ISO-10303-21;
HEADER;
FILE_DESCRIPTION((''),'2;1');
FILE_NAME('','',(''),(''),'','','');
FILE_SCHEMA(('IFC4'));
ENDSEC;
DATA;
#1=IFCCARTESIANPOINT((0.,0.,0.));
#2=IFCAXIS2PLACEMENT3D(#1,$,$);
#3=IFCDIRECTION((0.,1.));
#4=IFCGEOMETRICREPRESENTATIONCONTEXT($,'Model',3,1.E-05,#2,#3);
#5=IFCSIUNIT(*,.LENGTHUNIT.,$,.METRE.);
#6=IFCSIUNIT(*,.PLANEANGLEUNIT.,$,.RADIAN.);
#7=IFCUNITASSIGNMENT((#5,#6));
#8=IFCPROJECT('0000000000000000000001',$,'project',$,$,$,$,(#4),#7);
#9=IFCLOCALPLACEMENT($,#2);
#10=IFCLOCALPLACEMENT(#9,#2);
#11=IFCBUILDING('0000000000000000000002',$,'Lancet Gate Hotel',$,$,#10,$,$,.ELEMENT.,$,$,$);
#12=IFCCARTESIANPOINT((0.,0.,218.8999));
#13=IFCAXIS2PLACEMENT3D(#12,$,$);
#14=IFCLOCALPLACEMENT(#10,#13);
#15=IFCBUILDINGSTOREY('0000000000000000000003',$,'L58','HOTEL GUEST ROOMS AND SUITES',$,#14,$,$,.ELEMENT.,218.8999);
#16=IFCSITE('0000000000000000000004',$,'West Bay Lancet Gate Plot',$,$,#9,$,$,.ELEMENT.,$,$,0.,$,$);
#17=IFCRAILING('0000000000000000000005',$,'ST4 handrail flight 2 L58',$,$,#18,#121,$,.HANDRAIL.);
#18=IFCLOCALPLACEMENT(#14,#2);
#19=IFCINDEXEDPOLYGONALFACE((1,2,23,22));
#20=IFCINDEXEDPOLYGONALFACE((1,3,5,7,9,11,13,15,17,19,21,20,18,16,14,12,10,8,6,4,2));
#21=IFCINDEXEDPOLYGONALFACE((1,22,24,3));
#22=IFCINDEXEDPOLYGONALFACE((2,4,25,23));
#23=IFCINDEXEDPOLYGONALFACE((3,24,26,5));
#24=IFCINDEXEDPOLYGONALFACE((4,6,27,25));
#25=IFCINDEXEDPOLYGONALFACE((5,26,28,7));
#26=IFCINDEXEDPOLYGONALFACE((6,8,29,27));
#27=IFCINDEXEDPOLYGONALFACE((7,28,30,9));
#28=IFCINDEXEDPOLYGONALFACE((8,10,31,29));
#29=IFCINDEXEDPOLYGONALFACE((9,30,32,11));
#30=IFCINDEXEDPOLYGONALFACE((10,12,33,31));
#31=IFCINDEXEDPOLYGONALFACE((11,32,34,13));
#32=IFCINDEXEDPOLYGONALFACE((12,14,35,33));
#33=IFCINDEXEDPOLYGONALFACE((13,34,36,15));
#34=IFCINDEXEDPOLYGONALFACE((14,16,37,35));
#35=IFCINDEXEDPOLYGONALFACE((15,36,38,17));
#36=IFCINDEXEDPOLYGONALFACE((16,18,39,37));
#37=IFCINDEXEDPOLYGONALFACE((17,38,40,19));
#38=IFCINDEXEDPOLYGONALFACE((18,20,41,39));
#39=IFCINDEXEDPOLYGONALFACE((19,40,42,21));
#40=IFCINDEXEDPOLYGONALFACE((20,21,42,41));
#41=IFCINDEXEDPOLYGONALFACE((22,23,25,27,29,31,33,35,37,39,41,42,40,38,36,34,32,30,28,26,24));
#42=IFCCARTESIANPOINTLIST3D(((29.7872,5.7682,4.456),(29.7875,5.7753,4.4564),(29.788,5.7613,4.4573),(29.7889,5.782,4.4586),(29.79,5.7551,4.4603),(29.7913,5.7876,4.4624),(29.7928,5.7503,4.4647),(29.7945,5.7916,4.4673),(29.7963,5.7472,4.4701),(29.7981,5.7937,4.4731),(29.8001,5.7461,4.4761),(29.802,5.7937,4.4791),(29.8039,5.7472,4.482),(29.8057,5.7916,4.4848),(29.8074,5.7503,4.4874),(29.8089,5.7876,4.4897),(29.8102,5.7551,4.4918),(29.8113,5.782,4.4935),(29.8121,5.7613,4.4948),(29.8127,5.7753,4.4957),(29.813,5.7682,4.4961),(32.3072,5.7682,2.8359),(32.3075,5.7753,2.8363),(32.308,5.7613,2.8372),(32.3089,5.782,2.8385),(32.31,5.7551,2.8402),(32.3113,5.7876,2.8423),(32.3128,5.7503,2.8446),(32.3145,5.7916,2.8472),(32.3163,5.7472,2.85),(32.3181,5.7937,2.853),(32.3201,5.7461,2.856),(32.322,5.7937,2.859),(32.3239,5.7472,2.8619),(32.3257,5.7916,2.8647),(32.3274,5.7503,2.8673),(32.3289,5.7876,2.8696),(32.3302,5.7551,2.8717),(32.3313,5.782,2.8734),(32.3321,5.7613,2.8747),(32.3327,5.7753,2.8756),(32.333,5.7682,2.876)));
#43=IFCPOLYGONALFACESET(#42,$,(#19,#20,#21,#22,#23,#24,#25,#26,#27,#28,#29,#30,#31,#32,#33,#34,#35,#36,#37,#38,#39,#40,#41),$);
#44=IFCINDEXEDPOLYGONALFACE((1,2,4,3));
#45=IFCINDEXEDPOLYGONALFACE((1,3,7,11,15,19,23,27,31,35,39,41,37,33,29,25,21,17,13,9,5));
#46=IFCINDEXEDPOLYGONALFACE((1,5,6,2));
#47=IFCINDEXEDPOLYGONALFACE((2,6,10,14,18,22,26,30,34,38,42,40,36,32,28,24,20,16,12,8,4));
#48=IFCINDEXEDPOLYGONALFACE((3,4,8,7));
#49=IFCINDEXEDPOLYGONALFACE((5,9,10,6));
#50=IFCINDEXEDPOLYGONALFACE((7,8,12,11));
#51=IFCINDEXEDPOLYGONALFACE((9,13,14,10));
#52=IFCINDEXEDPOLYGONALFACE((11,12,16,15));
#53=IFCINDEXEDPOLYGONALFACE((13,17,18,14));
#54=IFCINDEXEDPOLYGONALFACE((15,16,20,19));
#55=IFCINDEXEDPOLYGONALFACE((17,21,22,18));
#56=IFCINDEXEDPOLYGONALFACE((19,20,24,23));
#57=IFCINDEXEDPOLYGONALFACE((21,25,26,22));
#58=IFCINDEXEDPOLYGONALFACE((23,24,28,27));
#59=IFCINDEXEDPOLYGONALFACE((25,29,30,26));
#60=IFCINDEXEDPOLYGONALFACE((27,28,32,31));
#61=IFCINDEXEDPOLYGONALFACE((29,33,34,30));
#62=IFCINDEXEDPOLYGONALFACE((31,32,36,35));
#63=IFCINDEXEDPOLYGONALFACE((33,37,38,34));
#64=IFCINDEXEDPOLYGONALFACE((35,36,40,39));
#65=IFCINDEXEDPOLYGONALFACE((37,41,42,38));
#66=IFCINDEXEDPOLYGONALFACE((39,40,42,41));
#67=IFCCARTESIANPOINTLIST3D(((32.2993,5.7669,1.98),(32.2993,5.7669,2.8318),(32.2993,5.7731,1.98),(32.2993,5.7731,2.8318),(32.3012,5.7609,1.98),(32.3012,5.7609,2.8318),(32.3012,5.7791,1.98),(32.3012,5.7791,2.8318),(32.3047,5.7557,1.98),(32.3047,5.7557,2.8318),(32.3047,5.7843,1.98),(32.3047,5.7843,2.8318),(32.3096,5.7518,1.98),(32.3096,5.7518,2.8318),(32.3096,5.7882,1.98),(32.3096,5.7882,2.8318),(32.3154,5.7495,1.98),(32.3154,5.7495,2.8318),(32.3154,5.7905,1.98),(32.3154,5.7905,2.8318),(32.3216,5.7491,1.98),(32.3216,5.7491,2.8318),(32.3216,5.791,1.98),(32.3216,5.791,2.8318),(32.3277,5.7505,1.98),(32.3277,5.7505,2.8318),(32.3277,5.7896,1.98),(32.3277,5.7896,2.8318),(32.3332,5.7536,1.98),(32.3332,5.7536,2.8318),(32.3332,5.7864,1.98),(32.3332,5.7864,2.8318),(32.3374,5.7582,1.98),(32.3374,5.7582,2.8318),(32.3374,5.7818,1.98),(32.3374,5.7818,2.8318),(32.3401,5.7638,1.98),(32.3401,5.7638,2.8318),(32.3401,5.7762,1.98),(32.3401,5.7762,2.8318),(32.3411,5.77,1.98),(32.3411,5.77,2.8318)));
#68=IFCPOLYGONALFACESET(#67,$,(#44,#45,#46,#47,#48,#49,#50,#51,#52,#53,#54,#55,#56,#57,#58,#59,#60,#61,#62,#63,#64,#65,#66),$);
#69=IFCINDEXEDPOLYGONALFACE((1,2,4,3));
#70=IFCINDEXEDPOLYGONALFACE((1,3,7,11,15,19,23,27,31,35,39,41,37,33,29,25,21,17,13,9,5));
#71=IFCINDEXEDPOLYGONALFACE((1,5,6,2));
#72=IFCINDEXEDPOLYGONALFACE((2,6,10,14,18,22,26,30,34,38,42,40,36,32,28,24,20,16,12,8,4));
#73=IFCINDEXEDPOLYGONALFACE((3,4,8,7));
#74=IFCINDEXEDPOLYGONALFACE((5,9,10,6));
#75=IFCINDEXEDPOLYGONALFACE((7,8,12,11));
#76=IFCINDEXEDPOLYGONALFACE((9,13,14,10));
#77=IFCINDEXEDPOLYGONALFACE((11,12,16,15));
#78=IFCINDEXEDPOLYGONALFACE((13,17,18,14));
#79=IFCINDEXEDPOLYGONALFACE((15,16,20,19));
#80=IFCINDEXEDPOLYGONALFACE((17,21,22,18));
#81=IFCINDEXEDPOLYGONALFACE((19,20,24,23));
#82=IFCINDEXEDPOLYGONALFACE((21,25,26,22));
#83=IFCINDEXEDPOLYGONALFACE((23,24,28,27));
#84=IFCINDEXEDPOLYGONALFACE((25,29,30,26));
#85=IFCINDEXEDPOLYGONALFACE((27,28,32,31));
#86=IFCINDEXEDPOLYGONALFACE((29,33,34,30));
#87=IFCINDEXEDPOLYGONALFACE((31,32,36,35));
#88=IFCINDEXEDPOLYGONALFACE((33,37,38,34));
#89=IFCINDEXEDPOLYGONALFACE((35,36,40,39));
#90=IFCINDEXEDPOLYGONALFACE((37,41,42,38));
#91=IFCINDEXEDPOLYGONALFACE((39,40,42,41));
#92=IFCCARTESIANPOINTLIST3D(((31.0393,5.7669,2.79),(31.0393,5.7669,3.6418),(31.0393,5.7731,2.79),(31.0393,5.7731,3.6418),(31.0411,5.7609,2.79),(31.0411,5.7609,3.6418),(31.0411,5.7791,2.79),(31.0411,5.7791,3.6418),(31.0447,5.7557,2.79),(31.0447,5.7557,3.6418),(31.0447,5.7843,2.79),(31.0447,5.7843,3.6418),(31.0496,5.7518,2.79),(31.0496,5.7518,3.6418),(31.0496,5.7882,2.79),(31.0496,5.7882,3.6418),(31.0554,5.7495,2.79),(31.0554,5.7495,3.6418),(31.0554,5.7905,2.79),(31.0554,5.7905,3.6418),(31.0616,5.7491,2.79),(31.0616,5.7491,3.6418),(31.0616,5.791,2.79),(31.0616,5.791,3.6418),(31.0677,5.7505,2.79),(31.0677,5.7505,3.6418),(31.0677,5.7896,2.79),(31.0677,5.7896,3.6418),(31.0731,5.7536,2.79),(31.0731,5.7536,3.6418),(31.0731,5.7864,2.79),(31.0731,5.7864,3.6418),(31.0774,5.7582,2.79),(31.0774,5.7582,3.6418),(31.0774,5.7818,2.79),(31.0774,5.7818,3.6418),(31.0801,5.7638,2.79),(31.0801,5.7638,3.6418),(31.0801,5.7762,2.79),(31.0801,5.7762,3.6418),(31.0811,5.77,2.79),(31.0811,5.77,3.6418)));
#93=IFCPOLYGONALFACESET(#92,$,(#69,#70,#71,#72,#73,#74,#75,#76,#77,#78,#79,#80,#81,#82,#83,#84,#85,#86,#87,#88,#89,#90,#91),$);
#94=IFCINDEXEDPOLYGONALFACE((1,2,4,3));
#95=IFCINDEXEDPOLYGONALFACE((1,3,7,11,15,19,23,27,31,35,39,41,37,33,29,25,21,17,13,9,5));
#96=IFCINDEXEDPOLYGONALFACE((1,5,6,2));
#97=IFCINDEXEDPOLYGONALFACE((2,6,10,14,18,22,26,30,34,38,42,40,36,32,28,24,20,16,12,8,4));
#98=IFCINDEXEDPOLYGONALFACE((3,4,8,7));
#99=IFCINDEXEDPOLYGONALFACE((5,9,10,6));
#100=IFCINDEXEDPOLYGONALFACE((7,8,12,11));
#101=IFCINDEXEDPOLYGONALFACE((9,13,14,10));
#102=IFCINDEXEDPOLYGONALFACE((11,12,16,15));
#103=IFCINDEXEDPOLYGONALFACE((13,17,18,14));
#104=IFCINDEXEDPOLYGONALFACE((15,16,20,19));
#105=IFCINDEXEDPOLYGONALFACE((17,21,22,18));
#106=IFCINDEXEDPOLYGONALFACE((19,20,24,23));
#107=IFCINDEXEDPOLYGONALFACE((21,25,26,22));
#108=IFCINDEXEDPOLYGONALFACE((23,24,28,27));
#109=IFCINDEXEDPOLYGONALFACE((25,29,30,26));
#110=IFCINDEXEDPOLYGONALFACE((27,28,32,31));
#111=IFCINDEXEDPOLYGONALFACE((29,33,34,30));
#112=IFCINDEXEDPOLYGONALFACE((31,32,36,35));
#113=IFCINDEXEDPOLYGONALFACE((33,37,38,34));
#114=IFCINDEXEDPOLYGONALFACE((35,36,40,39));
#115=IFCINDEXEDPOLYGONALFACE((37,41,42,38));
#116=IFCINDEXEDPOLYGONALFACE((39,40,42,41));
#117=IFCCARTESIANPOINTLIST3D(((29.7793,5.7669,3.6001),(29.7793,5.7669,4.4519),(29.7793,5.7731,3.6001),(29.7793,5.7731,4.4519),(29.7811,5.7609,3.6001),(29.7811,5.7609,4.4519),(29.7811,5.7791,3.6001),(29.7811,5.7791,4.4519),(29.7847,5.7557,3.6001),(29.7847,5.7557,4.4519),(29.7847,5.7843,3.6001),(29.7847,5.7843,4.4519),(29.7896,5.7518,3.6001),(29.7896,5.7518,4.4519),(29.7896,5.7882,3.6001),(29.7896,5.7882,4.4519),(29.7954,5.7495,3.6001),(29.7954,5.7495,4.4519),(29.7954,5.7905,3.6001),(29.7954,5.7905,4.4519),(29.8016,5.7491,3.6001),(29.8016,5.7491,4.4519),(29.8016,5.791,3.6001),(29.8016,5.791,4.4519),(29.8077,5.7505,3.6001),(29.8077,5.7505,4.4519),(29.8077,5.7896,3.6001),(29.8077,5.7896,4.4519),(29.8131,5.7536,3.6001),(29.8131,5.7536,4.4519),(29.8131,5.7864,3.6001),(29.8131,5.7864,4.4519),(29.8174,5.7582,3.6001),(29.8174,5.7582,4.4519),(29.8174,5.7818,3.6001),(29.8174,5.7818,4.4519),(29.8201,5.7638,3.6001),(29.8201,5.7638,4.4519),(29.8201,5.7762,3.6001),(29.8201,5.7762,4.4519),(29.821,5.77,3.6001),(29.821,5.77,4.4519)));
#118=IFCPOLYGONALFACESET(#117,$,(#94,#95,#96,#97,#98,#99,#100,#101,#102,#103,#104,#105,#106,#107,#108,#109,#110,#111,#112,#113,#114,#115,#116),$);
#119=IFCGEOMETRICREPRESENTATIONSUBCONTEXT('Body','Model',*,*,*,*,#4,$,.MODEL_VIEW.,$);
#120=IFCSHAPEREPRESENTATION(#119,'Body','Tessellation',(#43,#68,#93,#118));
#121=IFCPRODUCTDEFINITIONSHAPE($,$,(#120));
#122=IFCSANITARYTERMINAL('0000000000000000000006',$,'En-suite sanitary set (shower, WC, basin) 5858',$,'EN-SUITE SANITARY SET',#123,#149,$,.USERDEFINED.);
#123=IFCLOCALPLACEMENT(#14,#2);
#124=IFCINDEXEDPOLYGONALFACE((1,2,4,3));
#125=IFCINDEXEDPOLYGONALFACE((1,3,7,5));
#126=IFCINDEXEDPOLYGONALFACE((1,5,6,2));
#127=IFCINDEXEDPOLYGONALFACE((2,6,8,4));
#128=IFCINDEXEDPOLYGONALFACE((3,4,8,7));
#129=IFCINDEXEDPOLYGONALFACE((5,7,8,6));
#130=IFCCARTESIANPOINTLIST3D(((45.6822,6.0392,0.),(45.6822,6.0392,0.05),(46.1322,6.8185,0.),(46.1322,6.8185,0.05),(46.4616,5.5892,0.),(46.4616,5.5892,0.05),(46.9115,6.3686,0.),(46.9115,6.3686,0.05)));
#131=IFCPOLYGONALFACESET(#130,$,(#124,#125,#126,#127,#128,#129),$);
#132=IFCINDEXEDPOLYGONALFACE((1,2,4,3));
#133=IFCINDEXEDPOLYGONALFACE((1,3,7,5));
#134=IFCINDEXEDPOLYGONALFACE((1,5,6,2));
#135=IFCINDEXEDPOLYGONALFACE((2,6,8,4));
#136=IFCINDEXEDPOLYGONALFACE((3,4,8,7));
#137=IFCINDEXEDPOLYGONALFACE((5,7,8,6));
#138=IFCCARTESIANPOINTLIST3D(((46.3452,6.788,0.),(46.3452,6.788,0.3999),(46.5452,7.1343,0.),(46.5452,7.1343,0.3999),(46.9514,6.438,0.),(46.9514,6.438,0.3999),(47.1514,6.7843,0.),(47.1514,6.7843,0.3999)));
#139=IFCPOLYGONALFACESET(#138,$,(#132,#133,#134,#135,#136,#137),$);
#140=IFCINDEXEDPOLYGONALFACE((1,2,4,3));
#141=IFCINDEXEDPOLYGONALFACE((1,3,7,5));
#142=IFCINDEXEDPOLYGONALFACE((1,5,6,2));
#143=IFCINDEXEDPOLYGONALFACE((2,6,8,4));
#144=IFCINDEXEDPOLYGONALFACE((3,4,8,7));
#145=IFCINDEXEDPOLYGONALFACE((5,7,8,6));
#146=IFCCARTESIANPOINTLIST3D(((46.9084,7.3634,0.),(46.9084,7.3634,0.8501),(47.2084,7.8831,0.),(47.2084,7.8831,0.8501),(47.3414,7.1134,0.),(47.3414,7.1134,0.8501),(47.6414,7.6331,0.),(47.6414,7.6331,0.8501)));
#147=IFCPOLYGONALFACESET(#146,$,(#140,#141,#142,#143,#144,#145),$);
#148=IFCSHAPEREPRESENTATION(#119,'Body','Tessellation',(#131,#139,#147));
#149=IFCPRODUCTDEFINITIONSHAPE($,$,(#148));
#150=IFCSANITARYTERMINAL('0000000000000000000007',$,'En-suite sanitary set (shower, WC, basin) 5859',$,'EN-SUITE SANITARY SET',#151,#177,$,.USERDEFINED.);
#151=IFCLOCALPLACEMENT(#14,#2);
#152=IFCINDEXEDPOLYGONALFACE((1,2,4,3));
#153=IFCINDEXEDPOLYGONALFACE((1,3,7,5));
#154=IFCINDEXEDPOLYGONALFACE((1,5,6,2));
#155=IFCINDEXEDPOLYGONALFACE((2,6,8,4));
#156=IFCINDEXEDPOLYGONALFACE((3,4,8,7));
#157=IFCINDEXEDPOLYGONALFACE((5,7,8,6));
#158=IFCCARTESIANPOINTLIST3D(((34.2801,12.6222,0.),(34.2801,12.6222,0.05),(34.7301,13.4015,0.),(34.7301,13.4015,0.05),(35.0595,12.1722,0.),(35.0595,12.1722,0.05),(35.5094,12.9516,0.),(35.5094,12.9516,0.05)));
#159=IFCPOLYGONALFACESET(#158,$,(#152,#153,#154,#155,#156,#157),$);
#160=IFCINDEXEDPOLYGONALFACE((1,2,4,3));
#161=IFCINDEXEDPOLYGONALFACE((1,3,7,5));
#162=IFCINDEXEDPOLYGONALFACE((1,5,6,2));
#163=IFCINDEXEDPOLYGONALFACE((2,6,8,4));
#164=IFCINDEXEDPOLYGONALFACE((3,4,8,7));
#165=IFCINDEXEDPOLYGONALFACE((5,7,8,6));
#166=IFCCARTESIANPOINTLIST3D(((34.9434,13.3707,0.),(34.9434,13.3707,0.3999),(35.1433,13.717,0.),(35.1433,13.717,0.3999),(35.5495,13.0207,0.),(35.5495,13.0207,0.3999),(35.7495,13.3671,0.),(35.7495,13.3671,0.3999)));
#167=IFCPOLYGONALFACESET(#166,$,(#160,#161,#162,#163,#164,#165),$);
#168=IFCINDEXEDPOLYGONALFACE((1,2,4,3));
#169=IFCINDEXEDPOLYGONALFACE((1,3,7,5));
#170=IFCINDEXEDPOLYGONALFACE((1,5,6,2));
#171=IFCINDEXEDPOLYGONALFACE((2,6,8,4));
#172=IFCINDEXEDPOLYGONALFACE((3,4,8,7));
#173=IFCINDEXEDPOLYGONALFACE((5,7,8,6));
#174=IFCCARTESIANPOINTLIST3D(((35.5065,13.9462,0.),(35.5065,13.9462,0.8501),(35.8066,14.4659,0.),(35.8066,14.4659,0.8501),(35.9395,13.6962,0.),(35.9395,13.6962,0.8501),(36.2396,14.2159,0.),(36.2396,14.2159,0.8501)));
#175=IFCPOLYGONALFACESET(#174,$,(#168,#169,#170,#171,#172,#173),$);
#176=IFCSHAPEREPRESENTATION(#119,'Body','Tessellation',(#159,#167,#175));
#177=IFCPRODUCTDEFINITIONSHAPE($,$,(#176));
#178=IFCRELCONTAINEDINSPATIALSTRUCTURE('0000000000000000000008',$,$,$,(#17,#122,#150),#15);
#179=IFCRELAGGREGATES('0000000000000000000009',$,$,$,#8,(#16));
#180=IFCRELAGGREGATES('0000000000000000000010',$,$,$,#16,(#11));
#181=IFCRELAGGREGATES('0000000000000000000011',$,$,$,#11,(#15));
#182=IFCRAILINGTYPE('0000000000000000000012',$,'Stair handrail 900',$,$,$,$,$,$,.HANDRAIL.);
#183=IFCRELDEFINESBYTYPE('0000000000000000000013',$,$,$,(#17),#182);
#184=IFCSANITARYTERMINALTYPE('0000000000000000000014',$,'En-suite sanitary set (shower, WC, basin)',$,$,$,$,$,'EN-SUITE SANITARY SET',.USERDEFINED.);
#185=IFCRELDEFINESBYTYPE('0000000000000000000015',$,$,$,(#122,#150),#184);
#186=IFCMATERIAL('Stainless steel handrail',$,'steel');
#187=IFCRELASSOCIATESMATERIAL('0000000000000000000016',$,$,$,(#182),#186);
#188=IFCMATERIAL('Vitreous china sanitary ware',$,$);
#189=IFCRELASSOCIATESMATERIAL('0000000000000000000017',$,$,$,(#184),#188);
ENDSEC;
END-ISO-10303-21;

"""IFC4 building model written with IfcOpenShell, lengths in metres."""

from ifc_helpers import new_model, si_unit, direction, frame, origin, origin_2d, place, context, subcontext, project, spatial, rectangle, circle, extrude, material, type_object, element, save


model = new_model("IFC4")

# Units and contexts
model_context = context("Model", 3, precision=1e-05, world=origin(), true_north=direction((0.0, 1.0)))
body_context = subcontext(model_context, "Body", "Model", "MODEL_VIEW")
ifc_project = project(units=[si_unit("LENGTHUNIT", "METRE"), si_unit("PLANEANGLEUNIT", "RADIAN")], contexts=[model_context])

# Site, building, storey
site_placement = place(None, origin())
site = spatial("IfcSite", under=ifc_project, at=site_placement, Name="West Bay Lancet Gate Plot", CompositionType="ELEMENT", RefElevation=0.0)
building_placement = place(site_placement, origin())
building = spatial("IfcBuilding", under=site, at=building_placement, Name="Lancet Gate Hotel", CompositionType="ELEMENT")
storey_placement = place(building_placement, frame((0.0, 0.0, 218.8999)))
storey = spatial("IfcBuildingStorey", under=building, at=storey_placement, Name="L58", Description="HOTEL GUEST ROOMS AND SUITES", CompositionType="ELEMENT", Elevation=218.8999)

# Railing
ifc_material_1 = material(Name="Stainless steel handrail", Category="steel")
railing_type = type_object("IfcRailingType", Name="Stair handrail 900", PredefinedType="HANDRAIL", material=ifc_material_1)
railing_1_placement = place(storey_placement, frame((32.3201, 5.77, 1.98)))
element("IfcRailing", 1, at=railing_1_placement, inside=storey, type_object=railing_type, Name="ST4 handrail flight 2 L58", PredefinedType="HANDRAIL", context=body_context, shape_type="SweptSolid", body=[
    extrude(circle(Radius=0.0239, at=origin_2d()), frame((0.0, 0.0, 0.876), z_axis=(-0.841163, 0.0, 0.540782), x_axis=(0.0, -1.0, 0.0)), (0.0, 0.0, 1.0), 2.9958),
    extrude(circle(Radius=0.021, at=origin_2d()), origin(), (0.0, 0.0, 1.0), 0.8518),
    extrude(circle(Radius=0.021, at=origin_2d()), frame((-1.26, 0.0, 0.8101)), (0.0, 0.0, 1.0), 0.8518),
    extrude(circle(Radius=0.021, at=origin_2d()), frame((-2.52, 0.0, 1.6201)), (0.0, 0.0, 1.0), 0.8518),
])

# Sanitary terminals
ifc_material_2 = material(Name="Vitreous china sanitary ware")
sanitary_terminal_type = type_object("IfcSanitaryTerminalType", Name="En-suite sanitary set (shower, WC, basin)", ElementType="EN-SUITE SANITARY SET", PredefinedType="USERDEFINED", material=ifc_material_2)
sanitary_terminal_1_placement = place(storey_placement, frame((46.2969, 6.2039, 0.0), z_axis=(0.0, 0.0, 1.0), x_axis=(1.0, 0.0, 0.0)))
element("IfcSanitaryTerminal", 2, at=sanitary_terminal_1_placement, inside=storey, type_object=sanitary_terminal_type, Name="En-suite sanitary set (shower, WC, basin) 5858", ObjectType="EN-SUITE SANITARY SET", PredefinedType="USERDEFINED", context=body_context, shape_type="SweptSolid", body=[
    extrude(rectangle(XDim=0.8999, YDim=0.8999, at=origin_2d()), frame((0.0, 0.0, 0.0), z_axis=(0.0, 0.0, 1.0), x_axis=(-0.5, -0.866025, 0.0)), (0.0, 0.0, 1.0), 0.05),
    extrude(rectangle(XDim=0.3999, YDim=0.7, at=origin_2d()), frame((0.4514, 0.5823, 0.0), z_axis=(0.0, 0.0, 1.0), x_axis=(-0.5, -0.866025, 0.0)), (0.0, 0.0, 1.0), 0.3999),
    extrude(rectangle(XDim=0.6001, YDim=0.5, at=origin_2d()), frame((0.978, 1.2944, 0.0), z_axis=(0.0, 0.0, 1.0), x_axis=(-0.5, -0.866025, 0.0)), (0.0, 0.0, 1.0), 0.8501),
])
sanitary_terminal_2_placement = place(storey_placement, frame((34.8948, 12.7869, 0.0), z_axis=(0.0, 0.0, 1.0), x_axis=(1.0, 0.0, 0.0)))
element("IfcSanitaryTerminal", 3, at=sanitary_terminal_2_placement, inside=storey, type_object=sanitary_terminal_type, Name="En-suite sanitary set (shower, WC, basin) 5859", ObjectType="EN-SUITE SANITARY SET", PredefinedType="USERDEFINED", context=body_context, shape_type="SweptSolid", body=[
    extrude(rectangle(XDim=0.8999, YDim=0.8999, at=origin_2d()), frame((0.0, 0.0, 0.0), z_axis=(0.0, 0.0, 1.0), x_axis=(-0.5, -0.866025, 0.0)), (0.0, 0.0, 1.0), 0.05),
    extrude(rectangle(XDim=0.3999, YDim=0.7, at=origin_2d()), frame((0.4517, 0.582, 0.0), z_axis=(0.0, 0.0, 1.0), x_axis=(-0.5, -0.866025, 0.0)), (0.0, 0.0, 1.0), 0.3999),
    extrude(rectangle(XDim=0.6001, YDim=0.5, at=origin_2d()), frame((0.9783, 1.2942, 0.0), z_axis=(0.0, 0.0, 1.0), x_axis=(-0.5, -0.866025, 0.0)), (0.0, 0.0, 1.0), 0.8501),
])

save(model, "model.ifc")
